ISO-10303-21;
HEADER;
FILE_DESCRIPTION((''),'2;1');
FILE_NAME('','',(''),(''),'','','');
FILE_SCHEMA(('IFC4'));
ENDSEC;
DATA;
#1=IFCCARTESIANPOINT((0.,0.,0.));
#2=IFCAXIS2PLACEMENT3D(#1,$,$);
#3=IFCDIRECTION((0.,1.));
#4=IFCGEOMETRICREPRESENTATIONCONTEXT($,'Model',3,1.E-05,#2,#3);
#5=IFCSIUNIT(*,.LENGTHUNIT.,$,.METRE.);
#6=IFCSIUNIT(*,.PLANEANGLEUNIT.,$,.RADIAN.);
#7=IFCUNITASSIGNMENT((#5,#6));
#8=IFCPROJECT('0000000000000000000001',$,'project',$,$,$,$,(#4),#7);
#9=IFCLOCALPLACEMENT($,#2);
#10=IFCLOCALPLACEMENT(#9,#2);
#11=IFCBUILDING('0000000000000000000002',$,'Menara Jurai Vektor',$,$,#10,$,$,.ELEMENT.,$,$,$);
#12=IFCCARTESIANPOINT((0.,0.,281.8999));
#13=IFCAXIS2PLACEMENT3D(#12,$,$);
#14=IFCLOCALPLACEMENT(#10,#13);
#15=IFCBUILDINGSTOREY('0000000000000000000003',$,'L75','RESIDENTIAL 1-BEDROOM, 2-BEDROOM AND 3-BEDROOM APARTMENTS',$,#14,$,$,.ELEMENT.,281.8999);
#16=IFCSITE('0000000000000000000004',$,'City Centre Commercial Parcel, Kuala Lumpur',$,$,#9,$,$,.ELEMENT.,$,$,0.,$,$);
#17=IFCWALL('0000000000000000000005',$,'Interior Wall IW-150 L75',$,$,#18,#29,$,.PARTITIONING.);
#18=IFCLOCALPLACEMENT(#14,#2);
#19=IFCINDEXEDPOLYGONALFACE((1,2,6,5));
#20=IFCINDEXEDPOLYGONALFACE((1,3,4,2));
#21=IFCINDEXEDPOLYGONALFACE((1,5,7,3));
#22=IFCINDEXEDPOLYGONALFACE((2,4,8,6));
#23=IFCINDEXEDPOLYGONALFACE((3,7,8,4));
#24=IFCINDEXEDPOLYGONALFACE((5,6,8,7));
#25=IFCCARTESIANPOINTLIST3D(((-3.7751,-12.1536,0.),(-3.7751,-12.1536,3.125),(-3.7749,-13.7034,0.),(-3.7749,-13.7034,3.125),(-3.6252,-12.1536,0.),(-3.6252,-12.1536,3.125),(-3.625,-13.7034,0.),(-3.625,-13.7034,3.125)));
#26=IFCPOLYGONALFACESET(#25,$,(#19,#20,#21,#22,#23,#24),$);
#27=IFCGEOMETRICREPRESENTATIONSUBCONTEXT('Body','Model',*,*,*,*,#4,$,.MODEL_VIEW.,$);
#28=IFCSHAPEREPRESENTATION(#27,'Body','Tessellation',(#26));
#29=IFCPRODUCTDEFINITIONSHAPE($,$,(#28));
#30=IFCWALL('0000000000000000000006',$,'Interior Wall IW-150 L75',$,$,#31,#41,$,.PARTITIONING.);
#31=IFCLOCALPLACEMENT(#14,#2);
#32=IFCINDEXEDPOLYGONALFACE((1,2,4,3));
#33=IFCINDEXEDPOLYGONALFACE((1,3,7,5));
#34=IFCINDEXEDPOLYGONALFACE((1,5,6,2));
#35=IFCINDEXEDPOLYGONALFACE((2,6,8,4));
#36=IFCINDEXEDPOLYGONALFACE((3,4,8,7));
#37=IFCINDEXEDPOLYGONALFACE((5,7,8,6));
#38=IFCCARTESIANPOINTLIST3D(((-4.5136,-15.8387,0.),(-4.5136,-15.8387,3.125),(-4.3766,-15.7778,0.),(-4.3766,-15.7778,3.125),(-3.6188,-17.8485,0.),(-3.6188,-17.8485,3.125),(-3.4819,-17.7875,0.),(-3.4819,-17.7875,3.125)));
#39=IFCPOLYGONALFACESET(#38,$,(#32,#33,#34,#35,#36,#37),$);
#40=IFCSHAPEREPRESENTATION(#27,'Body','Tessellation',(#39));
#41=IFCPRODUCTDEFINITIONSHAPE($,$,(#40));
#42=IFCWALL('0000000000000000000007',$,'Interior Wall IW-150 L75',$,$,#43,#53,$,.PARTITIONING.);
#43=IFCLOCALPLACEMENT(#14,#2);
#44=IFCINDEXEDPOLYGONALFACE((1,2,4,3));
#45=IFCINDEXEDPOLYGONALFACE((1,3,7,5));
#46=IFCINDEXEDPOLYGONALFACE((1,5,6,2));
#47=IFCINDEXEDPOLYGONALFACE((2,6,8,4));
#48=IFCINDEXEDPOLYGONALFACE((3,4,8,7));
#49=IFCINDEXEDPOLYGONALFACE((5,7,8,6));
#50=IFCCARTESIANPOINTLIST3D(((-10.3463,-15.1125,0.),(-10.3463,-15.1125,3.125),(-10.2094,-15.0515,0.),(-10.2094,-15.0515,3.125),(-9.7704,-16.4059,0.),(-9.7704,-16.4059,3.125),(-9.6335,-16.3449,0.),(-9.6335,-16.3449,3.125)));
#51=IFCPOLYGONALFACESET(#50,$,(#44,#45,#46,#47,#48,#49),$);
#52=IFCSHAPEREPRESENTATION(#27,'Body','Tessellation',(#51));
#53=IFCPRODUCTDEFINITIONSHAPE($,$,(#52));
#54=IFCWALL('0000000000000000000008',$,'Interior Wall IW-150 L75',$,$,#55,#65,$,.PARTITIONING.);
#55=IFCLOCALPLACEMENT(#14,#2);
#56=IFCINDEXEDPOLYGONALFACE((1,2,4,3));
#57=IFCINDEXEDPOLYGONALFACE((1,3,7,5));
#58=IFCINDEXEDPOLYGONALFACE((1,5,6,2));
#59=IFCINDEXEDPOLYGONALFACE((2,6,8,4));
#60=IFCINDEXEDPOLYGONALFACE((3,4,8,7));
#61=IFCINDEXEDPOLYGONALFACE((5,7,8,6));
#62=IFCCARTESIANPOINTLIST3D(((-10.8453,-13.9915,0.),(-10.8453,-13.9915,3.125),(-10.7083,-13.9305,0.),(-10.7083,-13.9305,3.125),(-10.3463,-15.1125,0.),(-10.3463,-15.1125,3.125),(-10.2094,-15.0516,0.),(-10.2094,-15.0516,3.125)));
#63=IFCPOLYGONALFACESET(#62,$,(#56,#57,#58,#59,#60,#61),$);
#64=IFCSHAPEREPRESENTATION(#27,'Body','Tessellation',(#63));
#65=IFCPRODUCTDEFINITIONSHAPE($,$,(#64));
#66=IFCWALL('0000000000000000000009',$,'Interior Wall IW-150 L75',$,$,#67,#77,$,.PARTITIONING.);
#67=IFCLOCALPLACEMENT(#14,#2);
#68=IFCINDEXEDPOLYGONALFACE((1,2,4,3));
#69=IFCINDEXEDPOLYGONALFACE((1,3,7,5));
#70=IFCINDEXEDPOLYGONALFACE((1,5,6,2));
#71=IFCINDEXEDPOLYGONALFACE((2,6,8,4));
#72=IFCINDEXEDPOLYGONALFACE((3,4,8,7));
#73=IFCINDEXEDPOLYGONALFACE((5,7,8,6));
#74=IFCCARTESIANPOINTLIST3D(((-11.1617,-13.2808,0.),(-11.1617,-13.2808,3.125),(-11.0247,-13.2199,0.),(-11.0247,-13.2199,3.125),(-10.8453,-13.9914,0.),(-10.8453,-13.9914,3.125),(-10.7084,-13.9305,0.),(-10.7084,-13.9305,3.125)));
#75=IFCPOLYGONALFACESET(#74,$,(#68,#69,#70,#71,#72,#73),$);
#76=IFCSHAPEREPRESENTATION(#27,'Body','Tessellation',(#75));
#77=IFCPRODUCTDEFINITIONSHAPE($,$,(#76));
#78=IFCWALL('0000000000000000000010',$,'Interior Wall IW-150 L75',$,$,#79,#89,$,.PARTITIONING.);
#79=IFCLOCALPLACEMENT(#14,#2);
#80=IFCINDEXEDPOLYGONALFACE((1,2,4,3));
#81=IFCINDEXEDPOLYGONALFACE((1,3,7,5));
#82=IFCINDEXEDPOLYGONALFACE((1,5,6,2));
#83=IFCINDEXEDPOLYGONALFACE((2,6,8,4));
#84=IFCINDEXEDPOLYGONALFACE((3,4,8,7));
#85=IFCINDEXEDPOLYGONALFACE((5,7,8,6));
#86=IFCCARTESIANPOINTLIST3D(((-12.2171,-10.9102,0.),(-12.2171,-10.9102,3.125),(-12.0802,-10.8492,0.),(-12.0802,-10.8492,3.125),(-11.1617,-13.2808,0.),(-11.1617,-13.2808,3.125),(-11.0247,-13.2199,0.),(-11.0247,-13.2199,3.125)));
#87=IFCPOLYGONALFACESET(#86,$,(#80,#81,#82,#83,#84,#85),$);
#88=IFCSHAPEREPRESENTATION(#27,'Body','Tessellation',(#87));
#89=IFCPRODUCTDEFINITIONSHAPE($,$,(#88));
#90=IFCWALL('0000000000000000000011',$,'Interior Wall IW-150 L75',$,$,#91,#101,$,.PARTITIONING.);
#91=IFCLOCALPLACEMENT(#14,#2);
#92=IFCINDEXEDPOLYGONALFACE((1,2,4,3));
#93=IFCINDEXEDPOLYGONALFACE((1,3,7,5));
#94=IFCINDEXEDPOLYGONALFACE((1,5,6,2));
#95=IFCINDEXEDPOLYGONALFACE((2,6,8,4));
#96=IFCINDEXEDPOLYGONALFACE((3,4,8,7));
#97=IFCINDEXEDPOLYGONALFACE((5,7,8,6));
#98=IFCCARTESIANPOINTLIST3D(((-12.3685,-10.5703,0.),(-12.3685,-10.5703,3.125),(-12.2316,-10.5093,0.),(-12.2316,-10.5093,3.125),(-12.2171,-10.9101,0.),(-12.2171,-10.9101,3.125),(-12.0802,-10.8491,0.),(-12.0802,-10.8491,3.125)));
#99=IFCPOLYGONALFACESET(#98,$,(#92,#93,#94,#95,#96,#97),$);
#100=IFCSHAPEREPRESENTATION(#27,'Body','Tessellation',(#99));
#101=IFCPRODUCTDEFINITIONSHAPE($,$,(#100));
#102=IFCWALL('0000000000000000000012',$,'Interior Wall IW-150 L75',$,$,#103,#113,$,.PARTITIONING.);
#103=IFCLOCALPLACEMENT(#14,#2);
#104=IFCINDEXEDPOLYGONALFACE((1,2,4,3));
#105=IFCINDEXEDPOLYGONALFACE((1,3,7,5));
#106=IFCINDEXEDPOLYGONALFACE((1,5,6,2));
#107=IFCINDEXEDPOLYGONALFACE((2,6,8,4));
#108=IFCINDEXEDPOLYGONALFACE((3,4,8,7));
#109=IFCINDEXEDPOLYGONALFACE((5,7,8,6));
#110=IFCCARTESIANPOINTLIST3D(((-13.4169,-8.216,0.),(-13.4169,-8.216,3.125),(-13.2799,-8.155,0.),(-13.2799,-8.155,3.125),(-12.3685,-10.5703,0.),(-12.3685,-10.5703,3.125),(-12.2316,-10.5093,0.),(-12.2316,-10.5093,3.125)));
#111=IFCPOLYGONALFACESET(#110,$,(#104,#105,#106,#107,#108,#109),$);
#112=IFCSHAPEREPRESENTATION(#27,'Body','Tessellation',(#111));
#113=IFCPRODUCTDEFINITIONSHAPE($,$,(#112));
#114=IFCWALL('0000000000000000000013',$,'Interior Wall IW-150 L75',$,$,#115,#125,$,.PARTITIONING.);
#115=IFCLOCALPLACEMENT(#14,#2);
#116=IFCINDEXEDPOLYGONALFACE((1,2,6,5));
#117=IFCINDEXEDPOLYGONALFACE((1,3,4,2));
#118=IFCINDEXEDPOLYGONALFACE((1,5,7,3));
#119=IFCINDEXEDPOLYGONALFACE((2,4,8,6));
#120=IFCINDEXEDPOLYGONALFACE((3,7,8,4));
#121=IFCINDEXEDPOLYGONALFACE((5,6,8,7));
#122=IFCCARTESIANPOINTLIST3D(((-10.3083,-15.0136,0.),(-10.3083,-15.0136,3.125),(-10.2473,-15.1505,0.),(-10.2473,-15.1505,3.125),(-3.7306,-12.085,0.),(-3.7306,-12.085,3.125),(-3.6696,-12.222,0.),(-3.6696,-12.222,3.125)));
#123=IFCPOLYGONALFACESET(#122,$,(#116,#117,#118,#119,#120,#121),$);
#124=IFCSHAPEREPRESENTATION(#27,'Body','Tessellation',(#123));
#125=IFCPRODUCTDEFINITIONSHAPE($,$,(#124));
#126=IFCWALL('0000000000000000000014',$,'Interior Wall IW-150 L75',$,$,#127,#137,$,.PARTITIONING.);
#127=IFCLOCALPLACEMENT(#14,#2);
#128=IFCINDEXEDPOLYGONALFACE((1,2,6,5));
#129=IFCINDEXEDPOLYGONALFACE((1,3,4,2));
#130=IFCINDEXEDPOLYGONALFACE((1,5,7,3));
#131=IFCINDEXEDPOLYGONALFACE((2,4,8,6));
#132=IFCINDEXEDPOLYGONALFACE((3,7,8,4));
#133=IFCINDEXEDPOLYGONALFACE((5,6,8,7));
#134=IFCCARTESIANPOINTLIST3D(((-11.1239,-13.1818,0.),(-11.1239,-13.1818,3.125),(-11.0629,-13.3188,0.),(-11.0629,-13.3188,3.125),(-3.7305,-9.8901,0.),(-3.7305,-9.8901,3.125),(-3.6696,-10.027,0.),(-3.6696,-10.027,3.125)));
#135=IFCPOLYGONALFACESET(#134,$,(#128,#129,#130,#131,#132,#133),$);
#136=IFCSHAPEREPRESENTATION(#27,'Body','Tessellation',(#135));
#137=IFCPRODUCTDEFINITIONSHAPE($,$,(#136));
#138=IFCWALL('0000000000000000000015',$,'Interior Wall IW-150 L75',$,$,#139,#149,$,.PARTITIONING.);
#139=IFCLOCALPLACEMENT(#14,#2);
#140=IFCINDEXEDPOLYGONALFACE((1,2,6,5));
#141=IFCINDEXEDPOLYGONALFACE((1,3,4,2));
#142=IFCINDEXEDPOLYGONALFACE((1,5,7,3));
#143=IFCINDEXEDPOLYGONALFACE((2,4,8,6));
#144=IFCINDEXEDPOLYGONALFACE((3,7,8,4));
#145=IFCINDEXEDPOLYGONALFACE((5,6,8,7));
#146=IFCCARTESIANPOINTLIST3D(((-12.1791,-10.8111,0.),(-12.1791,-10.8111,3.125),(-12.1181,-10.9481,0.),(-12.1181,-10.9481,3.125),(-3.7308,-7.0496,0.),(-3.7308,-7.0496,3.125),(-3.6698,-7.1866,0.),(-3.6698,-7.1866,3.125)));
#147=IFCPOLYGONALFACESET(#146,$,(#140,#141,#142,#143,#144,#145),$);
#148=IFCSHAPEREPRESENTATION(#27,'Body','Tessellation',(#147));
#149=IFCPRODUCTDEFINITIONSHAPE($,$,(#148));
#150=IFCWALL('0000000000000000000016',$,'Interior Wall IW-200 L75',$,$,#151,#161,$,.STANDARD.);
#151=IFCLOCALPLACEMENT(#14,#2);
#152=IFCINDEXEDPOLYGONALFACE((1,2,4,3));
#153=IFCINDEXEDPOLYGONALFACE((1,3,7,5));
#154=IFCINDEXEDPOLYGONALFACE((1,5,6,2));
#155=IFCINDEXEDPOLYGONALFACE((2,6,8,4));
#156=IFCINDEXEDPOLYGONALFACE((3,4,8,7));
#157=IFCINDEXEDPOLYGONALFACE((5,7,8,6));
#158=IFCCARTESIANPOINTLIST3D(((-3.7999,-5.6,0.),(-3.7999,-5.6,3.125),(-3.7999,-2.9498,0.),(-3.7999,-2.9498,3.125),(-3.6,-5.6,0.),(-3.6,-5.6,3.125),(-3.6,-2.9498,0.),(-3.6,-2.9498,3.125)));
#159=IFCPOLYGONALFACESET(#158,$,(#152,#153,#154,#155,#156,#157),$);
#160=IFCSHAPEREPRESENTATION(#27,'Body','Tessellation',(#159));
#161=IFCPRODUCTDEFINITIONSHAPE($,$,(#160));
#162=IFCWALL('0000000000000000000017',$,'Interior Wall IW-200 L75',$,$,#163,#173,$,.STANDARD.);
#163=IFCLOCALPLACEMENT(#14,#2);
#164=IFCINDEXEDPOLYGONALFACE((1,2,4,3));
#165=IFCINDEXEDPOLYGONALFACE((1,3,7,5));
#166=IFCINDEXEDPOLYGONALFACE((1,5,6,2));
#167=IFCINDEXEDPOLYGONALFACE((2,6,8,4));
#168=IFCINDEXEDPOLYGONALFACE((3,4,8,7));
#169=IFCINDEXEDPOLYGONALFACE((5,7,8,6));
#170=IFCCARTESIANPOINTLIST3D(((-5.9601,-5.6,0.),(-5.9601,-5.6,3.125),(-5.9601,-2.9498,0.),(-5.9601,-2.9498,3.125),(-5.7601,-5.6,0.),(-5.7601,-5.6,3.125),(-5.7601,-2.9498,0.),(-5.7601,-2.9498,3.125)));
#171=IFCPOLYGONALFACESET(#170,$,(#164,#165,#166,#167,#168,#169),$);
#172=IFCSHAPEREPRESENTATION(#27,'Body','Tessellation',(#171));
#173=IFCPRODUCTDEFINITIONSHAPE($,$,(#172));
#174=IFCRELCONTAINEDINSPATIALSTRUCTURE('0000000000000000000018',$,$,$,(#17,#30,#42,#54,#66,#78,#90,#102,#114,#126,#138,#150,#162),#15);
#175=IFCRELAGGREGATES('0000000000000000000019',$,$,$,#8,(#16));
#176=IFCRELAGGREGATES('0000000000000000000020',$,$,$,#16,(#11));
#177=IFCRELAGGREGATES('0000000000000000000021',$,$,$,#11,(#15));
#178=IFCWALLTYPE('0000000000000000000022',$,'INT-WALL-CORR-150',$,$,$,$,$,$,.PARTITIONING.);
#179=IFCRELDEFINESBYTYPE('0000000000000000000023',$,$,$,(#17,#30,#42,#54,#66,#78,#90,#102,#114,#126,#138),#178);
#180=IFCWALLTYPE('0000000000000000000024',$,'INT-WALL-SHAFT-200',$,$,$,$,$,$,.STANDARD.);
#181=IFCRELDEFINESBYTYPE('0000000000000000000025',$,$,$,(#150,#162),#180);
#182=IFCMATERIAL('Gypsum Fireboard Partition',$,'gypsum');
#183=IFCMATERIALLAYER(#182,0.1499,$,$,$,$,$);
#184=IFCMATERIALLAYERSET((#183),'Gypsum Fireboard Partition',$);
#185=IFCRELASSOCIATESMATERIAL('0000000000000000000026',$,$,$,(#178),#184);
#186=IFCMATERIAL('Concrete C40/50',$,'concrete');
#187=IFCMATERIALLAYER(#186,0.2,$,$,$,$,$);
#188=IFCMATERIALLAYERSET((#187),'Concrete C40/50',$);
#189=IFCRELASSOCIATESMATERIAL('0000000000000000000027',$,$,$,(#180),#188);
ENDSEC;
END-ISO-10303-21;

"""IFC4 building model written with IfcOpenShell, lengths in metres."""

from ifc_helpers import new_model, si_unit, direction, frame, frame_2d, origin, place, context, subcontext, project, spatial, rectangle, extrude, material, layer, layer_set, type_object, element, save


model = new_model("IFC4")

# Units and contexts
model_context = context("Model", 3, precision=1e-05, world=origin(), true_north=direction((0.0, 1.0)))
body_context = subcontext(model_context, "Body", "Model", "MODEL_VIEW")
ifc_project = project(units=[si_unit("LENGTHUNIT", "METRE"), si_unit("PLANEANGLEUNIT", "RADIAN")], contexts=[model_context])

# Site, building, storey
site_placement = place(None, origin())
site = spatial("IfcSite", under=ifc_project, at=site_placement, Name="City Centre Commercial Parcel, Kuala Lumpur", CompositionType="ELEMENT", RefElevation=0.0)
building_placement = place(site_placement, origin())
building = spatial("IfcBuilding", under=site, at=building_placement, Name="Menara Jurai Vektor", CompositionType="ELEMENT")
storey_placement = place(building_placement, frame((0.0, 0.0, 281.8999)))
storey = spatial("IfcBuildingStorey", under=building, at=storey_placement, Name="L75", Description="RESIDENTIAL 1-BEDROOM, 2-BEDROOM AND 3-BEDROOM APARTMENTS", CompositionType="ELEMENT", Elevation=281.8999)

# Shared definitions
ifc_material_1 = material(Name="Gypsum Fireboard Partition", Category="gypsum")
ifc_layer_1 = layer(ifc_material_1, 0.1499)
ifc_layer_set_1 = layer_set([ifc_layer_1], Name="Gypsum Fireboard Partition")
wall_type_1 = type_object("IfcWallType", Name="INT-WALL-CORR-150", PredefinedType="PARTITIONING", material=ifc_layer_set_1)

# Wall
wall_1_placement = place(storey_placement, frame((-3.7, -13.7034, 0.0), z_axis=(0.0, 0.0, 1.0), x_axis=(-0.000158, 1.0, 0.0)))
element("IfcWall", 1, at=wall_1_placement, inside=storey, type_object=wall_type_1, Name="Interior Wall IW-150 L75", PredefinedType="PARTITIONING", context=body_context, shape_type="SweptSolid", body=[
    extrude(rectangle(XDim=1.5498, YDim=0.1499, at=frame_2d((0.7749, 0.0))), origin(), (0.0, 0.0, 1.0), 3.125),
])

# Walls
wall_2_placement = place(storey_placement, frame((-3.5503, -17.8181, 0.0), z_axis=(0.0, 0.0, 1.0), x_axis=(-0.406725, 0.913551, 0.0)))
element("IfcWall", 2, at=wall_2_placement, inside=storey, type_object=wall_type_1, Name="Interior Wall IW-150 L75", PredefinedType="PARTITIONING", context=body_context, shape_type="SweptSolid", body=[
    extrude(rectangle(XDim=2.2, YDim=0.1499, at=frame_2d((1.1001, 0.0))), origin(), (0.0, 0.0, 1.0), 3.125),
])
wall_3_placement = place(storey_placement, frame((-9.7019, -16.3755, 0.0), z_axis=(0.0, 0.0, 1.0), x_axis=(-0.406762, 0.913534, 0.0)))
element("IfcWall", 3, at=wall_3_placement, inside=storey, type_object=wall_type_1, Name="Interior Wall IW-150 L75", PredefinedType="PARTITIONING", context=body_context, shape_type="SweptSolid", body=[
    extrude(rectangle(XDim=1.4158, YDim=0.1499, at=frame_2d((0.708, 0.0))), origin(), (0.0, 0.0, 1.0), 3.125),
])
wall_4_placement = place(storey_placement, frame((-10.2778, -15.082, 0.0), z_axis=(0.0, 0.0, 1.0), x_axis=(-0.406655, 0.913582, 0.0)))
element("IfcWall", 4, at=wall_4_placement, inside=storey, type_object=wall_type_1, Name="Interior Wall IW-150 L75", PredefinedType="PARTITIONING", context=body_context, shape_type="SweptSolid", body=[
    extrude(rectangle(XDim=1.2271, YDim=0.1499, at=frame_2d((0.6135, 0.0))), origin(), (0.0, 0.0, 1.0), 3.125),
])
wall_5_placement = place(storey_placement, frame((-10.7769, -13.9609, 0.0), z_axis=(0.0, 0.0, 1.0), x_axis=(-0.406721, 0.913553, 0.0)))
element("IfcWall", 5, at=wall_5_placement, inside=storey, type_object=wall_type_1, Name="Interior Wall IW-150 L75", PredefinedType="PARTITIONING", context=body_context, shape_type="SweptSolid", body=[
    extrude(rectangle(XDim=0.7778, YDim=0.1499, at=frame_2d((0.3889, 0.0))), origin(), (0.0, 0.0, 1.0), 3.125),
])
wall_6_placement = place(storey_placement, frame((-11.0933, -13.2502, 0.0), z_axis=(0.0, 0.0, 1.0), x_axis=(-0.406723, 0.913551, 0.0)))
element("IfcWall", 6, at=wall_6_placement, inside=storey, type_object=wall_type_1, Name="Interior Wall IW-150 L75", PredefinedType="PARTITIONING", context=body_context, shape_type="SweptSolid", body=[
    extrude(rectangle(XDim=2.595, YDim=0.1499, at=frame_2d((1.2974, 0.0))), origin(), (0.0, 0.0, 1.0), 3.125),
])
wall_7_placement = place(storey_placement, frame((-12.1487, -10.8796, 0.0), z_axis=(0.0, 0.0, 1.0), x_axis=(-0.406869, 0.913487, 0.0)))
element("IfcWall", 7, at=wall_7_placement, inside=storey, type_object=wall_type_1, Name="Interior Wall IW-150 L75", PredefinedType="PARTITIONING", context=body_context, shape_type="SweptSolid", body=[
    extrude(rectangle(XDim=0.3721, YDim=0.1499, at=frame_2d((0.186, 0.0))), origin(), (0.0, 0.0, 1.0), 3.125),
])
wall_8_placement = place(storey_placement, frame((-12.3, -10.5398, 0.0), z_axis=(0.0, 0.0, 1.0), x_axis=(-0.406789, 0.913522, 0.0)))
element("IfcWall", 8, at=wall_8_placement, inside=storey, type_object=wall_type_1, Name="Interior Wall IW-150 L75", PredefinedType="PARTITIONING", context=body_context, shape_type="SweptSolid", body=[
    extrude(rectangle(XDim=2.5771, YDim=0.1499, at=frame_2d((1.2886, 0.0))), origin(), (0.0, 0.0, 1.0), 3.125),
])
wall_9_placement = place(storey_placement, frame((-10.2778, -15.082, 0.0), z_axis=(0.0, 0.0, 1.0), x_axis=(0.91355, 0.406727, 0.0)))
element("IfcWall", 9, at=wall_9_placement, inside=storey, type_object=wall_type_1, Name="Interior Wall IW-150 L75", PredefinedType="PARTITIONING", context=body_context, shape_type="SweptSolid", body=[
    extrude(rectangle(XDim=7.2002, YDim=0.1499, at=frame_2d((3.6001, 0.0))), origin(), (0.0, 0.0, 1.0), 3.125),
])
wall_10_placement = place(storey_placement, frame((-11.0933, -13.2502, 0.0), z_axis=(0.0, 0.0, 1.0), x_axis=(0.913544, 0.40674, 0.0)))
element("IfcWall", 10, at=wall_10_placement, inside=storey, type_object=wall_type_1, Name="Interior Wall IW-150 L75", PredefinedType="PARTITIONING", context=body_context, shape_type="SweptSolid", body=[
    extrude(rectangle(XDim=8.093, YDim=0.1499, at=frame_2d((4.0464, 0.0))), origin(), (0.0, 0.0, 1.0), 3.125),
])
wall_11_placement = place(storey_placement, frame((-12.1487, -10.8796, 0.0), z_axis=(0.0, 0.0, 1.0), x_axis=(0.913542, 0.406743, 0.0)))
element("IfcWall", 11, at=wall_11_placement, inside=storey, type_object=wall_type_1, Name="Interior Wall IW-150 L75", PredefinedType="PARTITIONING", context=body_context, shape_type="SweptSolid", body=[
    extrude(rectangle(XDim=9.2478, YDim=0.1499, at=frame_2d((4.624, 0.0))), origin(), (0.0, 0.0, 1.0), 3.125),
])
ifc_material_2 = material(Name="Concrete C40/50", Category="concrete")
ifc_layer_2 = layer(ifc_material_2, 0.2)
ifc_layer_set_2 = layer_set([ifc_layer_2], Name="Concrete C40/50")
wall_type_2 = type_object("IfcWallType", Name="INT-WALL-SHAFT-200", PredefinedType="STANDARD", material=ifc_layer_set_2)
for number, where, z_axis, x_axis, name in (
    (12, (-3.7, -5.6001, 0.0), (0.0, 0.0, 1.0), (0.0, 1.0, 0.0), "Interior Wall IW-200 L75"),
    (13, (-5.8601, -5.6001, 0.0), (0.0, 0.0, 1.0), (0.0, 1.0, 0.0), "Interior Wall IW-200 L75"),
):
    element("IfcWall", number, at=place(storey_placement, frame(where, z_axis=z_axis, x_axis=x_axis)), inside=storey, type_object=wall_type_2, Name=name, PredefinedType="STANDARD", context=body_context, shape_type="SweptSolid", body=[
        extrude(rectangle(XDim=2.6501, YDim=0.2, at=frame_2d((1.3252, 0.0))), origin(), (0.0, 0.0, 1.0), 3.125),
    ])

save(model, "model.ifc")
